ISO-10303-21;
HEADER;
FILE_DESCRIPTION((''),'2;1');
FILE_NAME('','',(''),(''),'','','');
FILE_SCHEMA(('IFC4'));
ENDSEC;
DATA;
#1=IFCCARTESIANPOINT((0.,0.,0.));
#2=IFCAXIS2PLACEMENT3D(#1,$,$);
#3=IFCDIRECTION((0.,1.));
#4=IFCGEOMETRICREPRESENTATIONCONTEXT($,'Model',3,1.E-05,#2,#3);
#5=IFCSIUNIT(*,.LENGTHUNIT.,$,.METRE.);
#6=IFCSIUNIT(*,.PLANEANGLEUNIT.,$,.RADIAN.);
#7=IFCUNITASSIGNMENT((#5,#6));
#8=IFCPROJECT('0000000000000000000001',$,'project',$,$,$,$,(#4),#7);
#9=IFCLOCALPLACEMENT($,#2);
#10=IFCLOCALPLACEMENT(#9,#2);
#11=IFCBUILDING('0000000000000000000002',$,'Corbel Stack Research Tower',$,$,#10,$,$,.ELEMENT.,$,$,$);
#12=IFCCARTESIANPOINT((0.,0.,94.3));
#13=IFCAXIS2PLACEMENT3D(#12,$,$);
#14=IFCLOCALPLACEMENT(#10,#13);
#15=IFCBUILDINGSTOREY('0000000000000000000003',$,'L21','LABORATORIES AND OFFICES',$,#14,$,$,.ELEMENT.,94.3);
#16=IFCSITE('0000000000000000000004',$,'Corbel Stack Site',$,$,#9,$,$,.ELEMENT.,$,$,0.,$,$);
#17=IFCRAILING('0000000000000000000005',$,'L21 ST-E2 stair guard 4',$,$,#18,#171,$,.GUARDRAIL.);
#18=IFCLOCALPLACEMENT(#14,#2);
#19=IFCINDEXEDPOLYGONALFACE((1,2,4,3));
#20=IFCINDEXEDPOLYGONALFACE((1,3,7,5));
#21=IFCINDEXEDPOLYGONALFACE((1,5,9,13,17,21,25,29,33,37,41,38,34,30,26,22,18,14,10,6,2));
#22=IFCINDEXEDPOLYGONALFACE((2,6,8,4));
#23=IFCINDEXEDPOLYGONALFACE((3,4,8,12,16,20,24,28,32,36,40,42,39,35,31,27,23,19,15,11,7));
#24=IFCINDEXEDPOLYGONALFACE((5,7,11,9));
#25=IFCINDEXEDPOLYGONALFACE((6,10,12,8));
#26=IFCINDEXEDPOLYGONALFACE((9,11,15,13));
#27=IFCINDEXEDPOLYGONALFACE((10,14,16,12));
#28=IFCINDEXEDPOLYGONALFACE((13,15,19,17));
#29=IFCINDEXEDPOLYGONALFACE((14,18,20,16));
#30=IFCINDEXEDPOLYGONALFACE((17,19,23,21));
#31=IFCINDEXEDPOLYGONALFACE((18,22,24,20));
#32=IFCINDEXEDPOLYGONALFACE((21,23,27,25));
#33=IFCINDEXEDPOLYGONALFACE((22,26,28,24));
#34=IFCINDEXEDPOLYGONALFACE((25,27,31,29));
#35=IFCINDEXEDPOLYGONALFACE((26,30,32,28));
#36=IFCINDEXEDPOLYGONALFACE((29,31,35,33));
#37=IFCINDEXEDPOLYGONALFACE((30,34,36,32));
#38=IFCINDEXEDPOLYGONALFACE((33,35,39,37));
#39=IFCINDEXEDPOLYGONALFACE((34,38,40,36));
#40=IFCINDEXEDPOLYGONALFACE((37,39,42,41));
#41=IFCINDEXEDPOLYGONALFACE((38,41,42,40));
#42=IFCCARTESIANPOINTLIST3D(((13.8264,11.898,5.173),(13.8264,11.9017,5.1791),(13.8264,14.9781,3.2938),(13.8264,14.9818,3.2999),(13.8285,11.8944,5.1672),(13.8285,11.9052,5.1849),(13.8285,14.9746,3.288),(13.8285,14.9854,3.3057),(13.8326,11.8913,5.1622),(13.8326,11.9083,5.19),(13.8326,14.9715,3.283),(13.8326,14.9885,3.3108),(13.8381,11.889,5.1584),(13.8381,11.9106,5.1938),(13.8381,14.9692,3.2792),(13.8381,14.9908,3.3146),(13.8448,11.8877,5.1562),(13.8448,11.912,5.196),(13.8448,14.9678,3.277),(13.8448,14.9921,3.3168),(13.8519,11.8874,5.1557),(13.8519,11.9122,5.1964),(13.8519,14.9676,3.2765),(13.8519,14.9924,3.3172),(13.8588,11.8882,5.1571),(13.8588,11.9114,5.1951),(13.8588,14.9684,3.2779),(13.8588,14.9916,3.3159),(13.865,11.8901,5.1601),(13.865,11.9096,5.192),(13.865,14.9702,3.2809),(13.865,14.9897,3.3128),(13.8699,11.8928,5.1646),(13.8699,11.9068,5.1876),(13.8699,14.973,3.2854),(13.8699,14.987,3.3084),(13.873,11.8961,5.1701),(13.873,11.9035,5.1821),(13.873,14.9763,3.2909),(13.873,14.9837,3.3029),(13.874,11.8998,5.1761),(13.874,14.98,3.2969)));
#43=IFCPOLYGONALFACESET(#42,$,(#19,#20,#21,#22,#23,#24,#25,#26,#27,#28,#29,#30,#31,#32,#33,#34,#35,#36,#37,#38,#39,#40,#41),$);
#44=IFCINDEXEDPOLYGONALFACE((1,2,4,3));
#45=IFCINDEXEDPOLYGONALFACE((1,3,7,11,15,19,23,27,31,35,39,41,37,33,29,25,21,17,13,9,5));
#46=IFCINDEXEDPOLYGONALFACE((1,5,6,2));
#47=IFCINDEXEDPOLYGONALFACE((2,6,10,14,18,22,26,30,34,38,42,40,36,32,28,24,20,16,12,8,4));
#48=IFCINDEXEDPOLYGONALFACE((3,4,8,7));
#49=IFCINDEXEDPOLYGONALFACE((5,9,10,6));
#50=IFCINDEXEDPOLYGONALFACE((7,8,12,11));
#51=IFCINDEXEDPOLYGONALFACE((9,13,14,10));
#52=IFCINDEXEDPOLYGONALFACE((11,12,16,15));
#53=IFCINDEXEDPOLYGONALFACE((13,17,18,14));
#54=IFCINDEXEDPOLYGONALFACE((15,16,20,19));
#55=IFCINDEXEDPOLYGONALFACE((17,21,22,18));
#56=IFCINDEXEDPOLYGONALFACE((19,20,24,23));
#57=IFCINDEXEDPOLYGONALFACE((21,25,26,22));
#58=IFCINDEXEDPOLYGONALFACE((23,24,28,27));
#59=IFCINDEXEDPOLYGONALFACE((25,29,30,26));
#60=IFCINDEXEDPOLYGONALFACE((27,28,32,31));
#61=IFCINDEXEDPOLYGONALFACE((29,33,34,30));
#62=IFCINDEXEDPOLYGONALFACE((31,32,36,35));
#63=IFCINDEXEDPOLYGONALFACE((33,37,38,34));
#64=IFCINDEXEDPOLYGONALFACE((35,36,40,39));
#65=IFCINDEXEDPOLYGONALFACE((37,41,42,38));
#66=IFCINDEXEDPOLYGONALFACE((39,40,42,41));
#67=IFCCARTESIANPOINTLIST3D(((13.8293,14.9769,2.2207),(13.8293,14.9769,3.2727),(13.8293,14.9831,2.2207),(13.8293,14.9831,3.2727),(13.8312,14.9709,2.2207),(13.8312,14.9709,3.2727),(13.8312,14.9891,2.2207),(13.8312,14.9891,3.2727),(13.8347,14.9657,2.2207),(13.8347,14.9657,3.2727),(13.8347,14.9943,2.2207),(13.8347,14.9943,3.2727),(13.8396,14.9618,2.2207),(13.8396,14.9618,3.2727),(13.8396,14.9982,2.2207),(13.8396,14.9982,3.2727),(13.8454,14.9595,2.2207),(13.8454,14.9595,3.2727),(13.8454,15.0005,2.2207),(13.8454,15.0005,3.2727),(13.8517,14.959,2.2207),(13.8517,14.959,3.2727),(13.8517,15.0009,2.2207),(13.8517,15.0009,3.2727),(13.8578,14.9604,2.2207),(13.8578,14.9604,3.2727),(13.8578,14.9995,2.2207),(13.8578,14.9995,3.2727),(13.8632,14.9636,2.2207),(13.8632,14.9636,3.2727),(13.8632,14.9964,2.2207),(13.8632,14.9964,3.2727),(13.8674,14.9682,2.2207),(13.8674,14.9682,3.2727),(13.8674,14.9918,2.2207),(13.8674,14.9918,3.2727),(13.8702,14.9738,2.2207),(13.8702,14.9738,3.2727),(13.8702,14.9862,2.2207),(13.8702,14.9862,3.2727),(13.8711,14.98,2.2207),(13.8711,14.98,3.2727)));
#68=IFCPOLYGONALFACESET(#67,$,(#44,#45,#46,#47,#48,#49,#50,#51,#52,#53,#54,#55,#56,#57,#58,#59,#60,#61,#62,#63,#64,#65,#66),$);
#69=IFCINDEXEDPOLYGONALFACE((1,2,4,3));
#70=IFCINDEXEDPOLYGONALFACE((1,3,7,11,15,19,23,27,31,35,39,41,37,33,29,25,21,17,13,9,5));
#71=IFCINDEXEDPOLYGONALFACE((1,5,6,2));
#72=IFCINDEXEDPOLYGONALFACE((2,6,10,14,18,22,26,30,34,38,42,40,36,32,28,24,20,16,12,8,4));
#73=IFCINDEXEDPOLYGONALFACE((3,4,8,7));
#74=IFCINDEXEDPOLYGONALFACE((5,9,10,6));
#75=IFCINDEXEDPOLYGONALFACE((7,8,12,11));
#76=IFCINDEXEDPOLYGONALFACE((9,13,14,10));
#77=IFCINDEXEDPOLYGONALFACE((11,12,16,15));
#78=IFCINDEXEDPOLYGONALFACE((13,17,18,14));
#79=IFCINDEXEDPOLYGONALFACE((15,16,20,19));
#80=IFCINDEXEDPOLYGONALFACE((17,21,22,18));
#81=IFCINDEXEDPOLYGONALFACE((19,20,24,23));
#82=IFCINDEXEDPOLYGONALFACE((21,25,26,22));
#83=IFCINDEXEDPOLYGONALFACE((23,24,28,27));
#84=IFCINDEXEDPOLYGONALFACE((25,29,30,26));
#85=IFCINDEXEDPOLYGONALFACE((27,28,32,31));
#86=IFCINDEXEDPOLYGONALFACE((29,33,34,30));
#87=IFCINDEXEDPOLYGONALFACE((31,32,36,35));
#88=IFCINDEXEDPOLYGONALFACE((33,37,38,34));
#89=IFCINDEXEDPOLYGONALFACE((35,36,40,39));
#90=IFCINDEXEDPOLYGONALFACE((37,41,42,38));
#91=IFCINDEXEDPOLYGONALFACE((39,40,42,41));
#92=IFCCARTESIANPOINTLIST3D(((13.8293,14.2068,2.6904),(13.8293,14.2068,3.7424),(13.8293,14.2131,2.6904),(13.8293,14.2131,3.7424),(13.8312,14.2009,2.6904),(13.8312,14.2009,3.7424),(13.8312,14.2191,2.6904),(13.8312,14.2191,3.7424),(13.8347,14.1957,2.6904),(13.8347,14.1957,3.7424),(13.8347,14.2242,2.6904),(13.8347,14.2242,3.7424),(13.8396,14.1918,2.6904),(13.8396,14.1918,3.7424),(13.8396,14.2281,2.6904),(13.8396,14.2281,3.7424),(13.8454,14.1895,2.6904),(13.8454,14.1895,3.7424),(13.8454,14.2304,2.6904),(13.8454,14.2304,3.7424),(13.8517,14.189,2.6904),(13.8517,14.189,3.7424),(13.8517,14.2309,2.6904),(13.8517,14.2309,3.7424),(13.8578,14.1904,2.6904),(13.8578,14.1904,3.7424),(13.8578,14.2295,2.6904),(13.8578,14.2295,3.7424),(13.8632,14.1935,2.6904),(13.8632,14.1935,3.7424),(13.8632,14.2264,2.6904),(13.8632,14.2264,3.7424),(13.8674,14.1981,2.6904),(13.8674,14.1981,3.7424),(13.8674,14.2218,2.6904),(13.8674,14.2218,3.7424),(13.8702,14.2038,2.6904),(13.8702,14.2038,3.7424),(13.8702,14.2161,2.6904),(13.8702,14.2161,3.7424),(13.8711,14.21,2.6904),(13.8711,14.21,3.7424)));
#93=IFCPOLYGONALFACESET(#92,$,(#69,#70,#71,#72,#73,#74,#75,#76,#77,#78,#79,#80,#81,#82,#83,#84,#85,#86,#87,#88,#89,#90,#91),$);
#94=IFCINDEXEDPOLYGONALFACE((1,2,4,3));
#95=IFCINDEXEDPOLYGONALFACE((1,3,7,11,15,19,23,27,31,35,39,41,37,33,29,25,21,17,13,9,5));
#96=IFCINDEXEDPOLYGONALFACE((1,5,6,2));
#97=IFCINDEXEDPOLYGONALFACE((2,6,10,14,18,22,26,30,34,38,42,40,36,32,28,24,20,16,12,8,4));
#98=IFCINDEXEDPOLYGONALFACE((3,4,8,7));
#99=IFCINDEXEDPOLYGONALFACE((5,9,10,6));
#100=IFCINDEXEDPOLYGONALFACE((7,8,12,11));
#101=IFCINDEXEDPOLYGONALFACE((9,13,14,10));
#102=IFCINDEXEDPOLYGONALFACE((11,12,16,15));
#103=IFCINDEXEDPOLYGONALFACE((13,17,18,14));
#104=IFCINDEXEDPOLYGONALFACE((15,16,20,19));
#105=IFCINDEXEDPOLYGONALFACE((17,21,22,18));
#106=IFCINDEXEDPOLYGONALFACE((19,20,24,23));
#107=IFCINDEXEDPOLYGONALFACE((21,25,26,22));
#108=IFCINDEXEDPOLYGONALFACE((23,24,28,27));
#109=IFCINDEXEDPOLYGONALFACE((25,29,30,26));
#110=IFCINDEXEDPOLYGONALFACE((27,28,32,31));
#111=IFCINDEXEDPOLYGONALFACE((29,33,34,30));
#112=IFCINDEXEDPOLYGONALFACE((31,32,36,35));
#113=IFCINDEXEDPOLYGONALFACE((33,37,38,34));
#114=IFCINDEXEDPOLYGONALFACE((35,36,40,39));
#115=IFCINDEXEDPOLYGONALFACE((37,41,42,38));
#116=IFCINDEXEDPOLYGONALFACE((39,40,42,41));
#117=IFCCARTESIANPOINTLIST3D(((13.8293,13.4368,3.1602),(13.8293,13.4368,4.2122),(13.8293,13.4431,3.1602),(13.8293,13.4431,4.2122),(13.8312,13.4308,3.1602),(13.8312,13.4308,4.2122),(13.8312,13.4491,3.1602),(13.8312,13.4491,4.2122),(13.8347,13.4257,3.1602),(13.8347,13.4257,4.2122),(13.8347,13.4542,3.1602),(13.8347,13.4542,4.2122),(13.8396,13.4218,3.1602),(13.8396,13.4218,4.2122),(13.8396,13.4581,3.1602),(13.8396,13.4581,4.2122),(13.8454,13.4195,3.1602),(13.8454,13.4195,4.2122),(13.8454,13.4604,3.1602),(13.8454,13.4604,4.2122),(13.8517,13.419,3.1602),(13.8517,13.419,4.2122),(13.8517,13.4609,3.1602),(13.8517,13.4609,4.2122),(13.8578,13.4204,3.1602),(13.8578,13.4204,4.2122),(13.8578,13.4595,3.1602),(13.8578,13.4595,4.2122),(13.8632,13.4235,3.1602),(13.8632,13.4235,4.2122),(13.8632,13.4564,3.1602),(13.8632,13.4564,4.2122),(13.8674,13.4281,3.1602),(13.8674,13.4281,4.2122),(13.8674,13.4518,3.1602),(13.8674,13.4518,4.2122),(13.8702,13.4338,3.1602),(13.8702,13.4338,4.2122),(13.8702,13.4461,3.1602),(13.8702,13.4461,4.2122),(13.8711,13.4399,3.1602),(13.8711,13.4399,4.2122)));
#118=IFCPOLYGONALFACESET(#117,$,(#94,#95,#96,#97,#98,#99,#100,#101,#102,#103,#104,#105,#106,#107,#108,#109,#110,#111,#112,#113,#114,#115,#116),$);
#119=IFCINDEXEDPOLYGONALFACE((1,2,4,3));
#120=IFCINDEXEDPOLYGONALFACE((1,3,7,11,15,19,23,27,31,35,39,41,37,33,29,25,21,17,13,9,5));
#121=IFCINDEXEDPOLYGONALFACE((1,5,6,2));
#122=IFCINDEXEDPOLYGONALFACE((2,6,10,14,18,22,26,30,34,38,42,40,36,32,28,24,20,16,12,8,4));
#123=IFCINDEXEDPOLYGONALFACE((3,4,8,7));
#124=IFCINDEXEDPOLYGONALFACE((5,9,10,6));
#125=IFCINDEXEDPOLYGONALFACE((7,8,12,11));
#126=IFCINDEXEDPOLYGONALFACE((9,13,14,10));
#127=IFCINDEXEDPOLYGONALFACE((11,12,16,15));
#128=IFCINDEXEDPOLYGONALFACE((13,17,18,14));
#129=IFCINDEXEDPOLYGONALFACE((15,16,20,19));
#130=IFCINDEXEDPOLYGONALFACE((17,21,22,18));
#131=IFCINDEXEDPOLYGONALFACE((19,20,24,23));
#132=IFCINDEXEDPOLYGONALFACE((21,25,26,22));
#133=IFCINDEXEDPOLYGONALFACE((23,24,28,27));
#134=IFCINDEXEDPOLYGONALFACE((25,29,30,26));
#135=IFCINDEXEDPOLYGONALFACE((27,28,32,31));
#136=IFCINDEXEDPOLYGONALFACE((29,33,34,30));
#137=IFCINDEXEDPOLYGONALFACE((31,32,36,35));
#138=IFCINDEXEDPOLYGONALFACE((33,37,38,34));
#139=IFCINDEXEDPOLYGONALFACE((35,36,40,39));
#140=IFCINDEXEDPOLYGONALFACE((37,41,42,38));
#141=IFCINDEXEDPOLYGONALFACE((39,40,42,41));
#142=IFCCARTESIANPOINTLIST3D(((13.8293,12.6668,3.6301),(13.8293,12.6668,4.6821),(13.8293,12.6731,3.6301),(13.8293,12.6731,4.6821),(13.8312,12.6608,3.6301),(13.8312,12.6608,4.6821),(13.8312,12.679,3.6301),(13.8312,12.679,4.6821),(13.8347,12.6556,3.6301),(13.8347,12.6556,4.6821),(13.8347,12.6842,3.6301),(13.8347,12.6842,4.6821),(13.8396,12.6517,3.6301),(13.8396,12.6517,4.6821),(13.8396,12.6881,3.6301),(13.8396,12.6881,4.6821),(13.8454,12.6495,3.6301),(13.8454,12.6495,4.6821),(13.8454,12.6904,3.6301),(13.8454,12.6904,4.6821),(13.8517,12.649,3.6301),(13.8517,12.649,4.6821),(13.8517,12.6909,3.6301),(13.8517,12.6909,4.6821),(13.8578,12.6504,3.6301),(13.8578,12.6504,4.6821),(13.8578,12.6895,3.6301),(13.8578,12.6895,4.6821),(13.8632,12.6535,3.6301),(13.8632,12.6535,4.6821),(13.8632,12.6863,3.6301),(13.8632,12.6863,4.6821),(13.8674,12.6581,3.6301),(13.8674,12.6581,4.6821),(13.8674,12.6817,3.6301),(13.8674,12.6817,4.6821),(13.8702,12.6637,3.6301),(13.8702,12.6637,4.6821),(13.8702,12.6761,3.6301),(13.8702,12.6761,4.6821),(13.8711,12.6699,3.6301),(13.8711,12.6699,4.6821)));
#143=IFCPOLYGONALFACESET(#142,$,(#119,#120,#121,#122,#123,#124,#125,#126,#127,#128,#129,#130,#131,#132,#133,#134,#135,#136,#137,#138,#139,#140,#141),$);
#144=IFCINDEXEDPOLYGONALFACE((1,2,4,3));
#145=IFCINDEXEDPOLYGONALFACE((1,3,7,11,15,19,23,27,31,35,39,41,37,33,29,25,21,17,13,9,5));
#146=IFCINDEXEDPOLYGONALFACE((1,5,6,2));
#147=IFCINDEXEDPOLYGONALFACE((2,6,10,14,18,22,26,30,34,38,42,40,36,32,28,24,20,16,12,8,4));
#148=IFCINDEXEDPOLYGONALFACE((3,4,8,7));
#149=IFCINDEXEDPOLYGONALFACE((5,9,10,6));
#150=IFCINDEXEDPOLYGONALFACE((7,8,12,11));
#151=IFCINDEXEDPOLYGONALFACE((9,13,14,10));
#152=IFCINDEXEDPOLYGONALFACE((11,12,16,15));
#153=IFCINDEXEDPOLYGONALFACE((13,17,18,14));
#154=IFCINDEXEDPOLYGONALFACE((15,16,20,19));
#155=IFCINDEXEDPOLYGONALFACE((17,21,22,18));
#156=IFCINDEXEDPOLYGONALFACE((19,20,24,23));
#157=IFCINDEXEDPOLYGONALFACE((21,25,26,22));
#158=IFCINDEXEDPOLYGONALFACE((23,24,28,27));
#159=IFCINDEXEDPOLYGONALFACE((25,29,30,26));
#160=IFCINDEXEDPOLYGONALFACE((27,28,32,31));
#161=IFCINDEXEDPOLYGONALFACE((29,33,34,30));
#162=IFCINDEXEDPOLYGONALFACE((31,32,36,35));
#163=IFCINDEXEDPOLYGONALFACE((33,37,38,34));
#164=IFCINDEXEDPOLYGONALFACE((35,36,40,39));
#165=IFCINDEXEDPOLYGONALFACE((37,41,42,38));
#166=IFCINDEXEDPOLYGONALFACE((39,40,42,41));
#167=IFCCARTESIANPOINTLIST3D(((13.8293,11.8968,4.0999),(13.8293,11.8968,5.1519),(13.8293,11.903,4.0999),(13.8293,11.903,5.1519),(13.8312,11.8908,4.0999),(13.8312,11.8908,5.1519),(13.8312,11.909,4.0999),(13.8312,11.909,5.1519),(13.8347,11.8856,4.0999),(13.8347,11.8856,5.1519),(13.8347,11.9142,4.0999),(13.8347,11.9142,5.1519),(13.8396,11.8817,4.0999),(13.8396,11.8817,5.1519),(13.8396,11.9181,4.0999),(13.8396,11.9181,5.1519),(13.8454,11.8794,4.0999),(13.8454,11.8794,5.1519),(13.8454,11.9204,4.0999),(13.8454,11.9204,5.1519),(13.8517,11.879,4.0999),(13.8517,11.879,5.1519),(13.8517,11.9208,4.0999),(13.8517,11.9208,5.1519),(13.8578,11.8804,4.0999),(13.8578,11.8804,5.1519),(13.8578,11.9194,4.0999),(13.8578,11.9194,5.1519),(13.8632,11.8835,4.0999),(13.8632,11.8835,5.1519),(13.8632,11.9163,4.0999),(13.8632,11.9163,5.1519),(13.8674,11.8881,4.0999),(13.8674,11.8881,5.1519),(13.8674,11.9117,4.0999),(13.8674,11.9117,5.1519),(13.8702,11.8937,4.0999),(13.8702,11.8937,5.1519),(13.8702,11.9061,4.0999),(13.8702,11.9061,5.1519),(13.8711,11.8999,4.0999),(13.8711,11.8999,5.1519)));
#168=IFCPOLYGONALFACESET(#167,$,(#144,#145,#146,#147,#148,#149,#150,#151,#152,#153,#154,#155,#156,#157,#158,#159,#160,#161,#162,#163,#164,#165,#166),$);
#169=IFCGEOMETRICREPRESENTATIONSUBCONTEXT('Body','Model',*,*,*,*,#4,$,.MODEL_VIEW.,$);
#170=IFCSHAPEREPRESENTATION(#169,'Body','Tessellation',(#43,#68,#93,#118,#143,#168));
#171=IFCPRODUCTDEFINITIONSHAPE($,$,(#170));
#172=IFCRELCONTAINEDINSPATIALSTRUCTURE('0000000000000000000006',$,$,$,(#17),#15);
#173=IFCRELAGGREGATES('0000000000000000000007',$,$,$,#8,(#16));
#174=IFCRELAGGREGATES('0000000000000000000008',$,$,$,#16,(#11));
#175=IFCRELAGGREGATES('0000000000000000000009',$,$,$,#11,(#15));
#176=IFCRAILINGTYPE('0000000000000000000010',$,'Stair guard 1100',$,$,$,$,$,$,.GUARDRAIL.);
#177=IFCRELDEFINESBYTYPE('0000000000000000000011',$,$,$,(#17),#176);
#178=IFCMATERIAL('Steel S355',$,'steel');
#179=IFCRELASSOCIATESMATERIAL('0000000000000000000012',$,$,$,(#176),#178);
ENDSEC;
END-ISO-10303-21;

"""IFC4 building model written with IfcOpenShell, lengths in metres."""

from ifc_helpers import new_model, si_unit, direction, frame, origin, origin_2d, place, context, subcontext, project, spatial, circle, extrude, material, type_object, element, save


model = new_model("IFC4")

# Units and contexts
model_context = context("Model", 3, precision=1e-05, world=origin(), true_north=direction((0.0, 1.0)))
body_context = subcontext(model_context, "Body", "Model", "MODEL_VIEW")
ifc_project = project(units=[si_unit("LENGTHUNIT", "METRE"), si_unit("PLANEANGLEUNIT", "RADIAN")], contexts=[model_context])

# Site, building, storey
site_placement = place(None, origin())
site = spatial("IfcSite", under=ifc_project, at=site_placement, Name="Corbel Stack Site", CompositionType="ELEMENT", RefElevation=0.0)
building_placement = place(site_placement, origin())
building = spatial("IfcBuilding", under=site, at=building_placement, Name="Corbel Stack Research Tower", CompositionType="ELEMENT")
storey_placement = place(building_placement, frame((0.0, 0.0, 94.3)))
storey = spatial("IfcBuildingStorey", under=building, at=storey_placement, Name="L21", Description="LABORATORIES AND OFFICES", CompositionType="ELEMENT", Elevation=94.3)

# Railing
ifc_material_1 = material(Name="Steel S355", Category="steel")
railing_type_1 = type_object("IfcRailingType", Name="Stair guard 1100", PredefinedType="GUARDRAIL", material=ifc_material_1)
railing_1_placement = place(storey_placement, frame((13.8501, 14.98, 2.2207)))
element("IfcRailing", 1, at=railing_1_placement, inside=storey, type_object=railing_type_1, Name="L21 ST-E2 stair guard 4", PredefinedType="GUARDRAIL", context=body_context, shape_type="SweptSolid", body=[
    extrude(circle(Radius=0.0239, at=origin_2d()), frame((0.0, 0.0, 1.0762), z_axis=(0.0, -0.853666, 0.52082), x_axis=(1.0, 0.0, 0.0)), (0.0, 0.0, 1.0), 3.6082),
    extrude(circle(Radius=0.021, at=origin_2d()), origin(), (0.0, 0.0, 1.0), 1.052),
    extrude(circle(Radius=0.021, at=origin_2d()), frame((0.0, -0.77, 0.4697)), (0.0, 0.0, 1.0), 1.052),
    extrude(circle(Radius=0.021, at=origin_2d()), frame((0.0, -1.54, 0.9395)), (0.0, 0.0, 1.0), 1.052),
    extrude(circle(Radius=0.021, at=origin_2d()), frame((0.0, -2.3101, 1.4094)), (0.0, 0.0, 1.0), 1.052),
    extrude(circle(Radius=0.021, at=origin_2d()), frame((0.0, -3.0801, 1.8792)), (0.0, 0.0, 1.0), 1.052),
])

save(model, "model.ifc")
